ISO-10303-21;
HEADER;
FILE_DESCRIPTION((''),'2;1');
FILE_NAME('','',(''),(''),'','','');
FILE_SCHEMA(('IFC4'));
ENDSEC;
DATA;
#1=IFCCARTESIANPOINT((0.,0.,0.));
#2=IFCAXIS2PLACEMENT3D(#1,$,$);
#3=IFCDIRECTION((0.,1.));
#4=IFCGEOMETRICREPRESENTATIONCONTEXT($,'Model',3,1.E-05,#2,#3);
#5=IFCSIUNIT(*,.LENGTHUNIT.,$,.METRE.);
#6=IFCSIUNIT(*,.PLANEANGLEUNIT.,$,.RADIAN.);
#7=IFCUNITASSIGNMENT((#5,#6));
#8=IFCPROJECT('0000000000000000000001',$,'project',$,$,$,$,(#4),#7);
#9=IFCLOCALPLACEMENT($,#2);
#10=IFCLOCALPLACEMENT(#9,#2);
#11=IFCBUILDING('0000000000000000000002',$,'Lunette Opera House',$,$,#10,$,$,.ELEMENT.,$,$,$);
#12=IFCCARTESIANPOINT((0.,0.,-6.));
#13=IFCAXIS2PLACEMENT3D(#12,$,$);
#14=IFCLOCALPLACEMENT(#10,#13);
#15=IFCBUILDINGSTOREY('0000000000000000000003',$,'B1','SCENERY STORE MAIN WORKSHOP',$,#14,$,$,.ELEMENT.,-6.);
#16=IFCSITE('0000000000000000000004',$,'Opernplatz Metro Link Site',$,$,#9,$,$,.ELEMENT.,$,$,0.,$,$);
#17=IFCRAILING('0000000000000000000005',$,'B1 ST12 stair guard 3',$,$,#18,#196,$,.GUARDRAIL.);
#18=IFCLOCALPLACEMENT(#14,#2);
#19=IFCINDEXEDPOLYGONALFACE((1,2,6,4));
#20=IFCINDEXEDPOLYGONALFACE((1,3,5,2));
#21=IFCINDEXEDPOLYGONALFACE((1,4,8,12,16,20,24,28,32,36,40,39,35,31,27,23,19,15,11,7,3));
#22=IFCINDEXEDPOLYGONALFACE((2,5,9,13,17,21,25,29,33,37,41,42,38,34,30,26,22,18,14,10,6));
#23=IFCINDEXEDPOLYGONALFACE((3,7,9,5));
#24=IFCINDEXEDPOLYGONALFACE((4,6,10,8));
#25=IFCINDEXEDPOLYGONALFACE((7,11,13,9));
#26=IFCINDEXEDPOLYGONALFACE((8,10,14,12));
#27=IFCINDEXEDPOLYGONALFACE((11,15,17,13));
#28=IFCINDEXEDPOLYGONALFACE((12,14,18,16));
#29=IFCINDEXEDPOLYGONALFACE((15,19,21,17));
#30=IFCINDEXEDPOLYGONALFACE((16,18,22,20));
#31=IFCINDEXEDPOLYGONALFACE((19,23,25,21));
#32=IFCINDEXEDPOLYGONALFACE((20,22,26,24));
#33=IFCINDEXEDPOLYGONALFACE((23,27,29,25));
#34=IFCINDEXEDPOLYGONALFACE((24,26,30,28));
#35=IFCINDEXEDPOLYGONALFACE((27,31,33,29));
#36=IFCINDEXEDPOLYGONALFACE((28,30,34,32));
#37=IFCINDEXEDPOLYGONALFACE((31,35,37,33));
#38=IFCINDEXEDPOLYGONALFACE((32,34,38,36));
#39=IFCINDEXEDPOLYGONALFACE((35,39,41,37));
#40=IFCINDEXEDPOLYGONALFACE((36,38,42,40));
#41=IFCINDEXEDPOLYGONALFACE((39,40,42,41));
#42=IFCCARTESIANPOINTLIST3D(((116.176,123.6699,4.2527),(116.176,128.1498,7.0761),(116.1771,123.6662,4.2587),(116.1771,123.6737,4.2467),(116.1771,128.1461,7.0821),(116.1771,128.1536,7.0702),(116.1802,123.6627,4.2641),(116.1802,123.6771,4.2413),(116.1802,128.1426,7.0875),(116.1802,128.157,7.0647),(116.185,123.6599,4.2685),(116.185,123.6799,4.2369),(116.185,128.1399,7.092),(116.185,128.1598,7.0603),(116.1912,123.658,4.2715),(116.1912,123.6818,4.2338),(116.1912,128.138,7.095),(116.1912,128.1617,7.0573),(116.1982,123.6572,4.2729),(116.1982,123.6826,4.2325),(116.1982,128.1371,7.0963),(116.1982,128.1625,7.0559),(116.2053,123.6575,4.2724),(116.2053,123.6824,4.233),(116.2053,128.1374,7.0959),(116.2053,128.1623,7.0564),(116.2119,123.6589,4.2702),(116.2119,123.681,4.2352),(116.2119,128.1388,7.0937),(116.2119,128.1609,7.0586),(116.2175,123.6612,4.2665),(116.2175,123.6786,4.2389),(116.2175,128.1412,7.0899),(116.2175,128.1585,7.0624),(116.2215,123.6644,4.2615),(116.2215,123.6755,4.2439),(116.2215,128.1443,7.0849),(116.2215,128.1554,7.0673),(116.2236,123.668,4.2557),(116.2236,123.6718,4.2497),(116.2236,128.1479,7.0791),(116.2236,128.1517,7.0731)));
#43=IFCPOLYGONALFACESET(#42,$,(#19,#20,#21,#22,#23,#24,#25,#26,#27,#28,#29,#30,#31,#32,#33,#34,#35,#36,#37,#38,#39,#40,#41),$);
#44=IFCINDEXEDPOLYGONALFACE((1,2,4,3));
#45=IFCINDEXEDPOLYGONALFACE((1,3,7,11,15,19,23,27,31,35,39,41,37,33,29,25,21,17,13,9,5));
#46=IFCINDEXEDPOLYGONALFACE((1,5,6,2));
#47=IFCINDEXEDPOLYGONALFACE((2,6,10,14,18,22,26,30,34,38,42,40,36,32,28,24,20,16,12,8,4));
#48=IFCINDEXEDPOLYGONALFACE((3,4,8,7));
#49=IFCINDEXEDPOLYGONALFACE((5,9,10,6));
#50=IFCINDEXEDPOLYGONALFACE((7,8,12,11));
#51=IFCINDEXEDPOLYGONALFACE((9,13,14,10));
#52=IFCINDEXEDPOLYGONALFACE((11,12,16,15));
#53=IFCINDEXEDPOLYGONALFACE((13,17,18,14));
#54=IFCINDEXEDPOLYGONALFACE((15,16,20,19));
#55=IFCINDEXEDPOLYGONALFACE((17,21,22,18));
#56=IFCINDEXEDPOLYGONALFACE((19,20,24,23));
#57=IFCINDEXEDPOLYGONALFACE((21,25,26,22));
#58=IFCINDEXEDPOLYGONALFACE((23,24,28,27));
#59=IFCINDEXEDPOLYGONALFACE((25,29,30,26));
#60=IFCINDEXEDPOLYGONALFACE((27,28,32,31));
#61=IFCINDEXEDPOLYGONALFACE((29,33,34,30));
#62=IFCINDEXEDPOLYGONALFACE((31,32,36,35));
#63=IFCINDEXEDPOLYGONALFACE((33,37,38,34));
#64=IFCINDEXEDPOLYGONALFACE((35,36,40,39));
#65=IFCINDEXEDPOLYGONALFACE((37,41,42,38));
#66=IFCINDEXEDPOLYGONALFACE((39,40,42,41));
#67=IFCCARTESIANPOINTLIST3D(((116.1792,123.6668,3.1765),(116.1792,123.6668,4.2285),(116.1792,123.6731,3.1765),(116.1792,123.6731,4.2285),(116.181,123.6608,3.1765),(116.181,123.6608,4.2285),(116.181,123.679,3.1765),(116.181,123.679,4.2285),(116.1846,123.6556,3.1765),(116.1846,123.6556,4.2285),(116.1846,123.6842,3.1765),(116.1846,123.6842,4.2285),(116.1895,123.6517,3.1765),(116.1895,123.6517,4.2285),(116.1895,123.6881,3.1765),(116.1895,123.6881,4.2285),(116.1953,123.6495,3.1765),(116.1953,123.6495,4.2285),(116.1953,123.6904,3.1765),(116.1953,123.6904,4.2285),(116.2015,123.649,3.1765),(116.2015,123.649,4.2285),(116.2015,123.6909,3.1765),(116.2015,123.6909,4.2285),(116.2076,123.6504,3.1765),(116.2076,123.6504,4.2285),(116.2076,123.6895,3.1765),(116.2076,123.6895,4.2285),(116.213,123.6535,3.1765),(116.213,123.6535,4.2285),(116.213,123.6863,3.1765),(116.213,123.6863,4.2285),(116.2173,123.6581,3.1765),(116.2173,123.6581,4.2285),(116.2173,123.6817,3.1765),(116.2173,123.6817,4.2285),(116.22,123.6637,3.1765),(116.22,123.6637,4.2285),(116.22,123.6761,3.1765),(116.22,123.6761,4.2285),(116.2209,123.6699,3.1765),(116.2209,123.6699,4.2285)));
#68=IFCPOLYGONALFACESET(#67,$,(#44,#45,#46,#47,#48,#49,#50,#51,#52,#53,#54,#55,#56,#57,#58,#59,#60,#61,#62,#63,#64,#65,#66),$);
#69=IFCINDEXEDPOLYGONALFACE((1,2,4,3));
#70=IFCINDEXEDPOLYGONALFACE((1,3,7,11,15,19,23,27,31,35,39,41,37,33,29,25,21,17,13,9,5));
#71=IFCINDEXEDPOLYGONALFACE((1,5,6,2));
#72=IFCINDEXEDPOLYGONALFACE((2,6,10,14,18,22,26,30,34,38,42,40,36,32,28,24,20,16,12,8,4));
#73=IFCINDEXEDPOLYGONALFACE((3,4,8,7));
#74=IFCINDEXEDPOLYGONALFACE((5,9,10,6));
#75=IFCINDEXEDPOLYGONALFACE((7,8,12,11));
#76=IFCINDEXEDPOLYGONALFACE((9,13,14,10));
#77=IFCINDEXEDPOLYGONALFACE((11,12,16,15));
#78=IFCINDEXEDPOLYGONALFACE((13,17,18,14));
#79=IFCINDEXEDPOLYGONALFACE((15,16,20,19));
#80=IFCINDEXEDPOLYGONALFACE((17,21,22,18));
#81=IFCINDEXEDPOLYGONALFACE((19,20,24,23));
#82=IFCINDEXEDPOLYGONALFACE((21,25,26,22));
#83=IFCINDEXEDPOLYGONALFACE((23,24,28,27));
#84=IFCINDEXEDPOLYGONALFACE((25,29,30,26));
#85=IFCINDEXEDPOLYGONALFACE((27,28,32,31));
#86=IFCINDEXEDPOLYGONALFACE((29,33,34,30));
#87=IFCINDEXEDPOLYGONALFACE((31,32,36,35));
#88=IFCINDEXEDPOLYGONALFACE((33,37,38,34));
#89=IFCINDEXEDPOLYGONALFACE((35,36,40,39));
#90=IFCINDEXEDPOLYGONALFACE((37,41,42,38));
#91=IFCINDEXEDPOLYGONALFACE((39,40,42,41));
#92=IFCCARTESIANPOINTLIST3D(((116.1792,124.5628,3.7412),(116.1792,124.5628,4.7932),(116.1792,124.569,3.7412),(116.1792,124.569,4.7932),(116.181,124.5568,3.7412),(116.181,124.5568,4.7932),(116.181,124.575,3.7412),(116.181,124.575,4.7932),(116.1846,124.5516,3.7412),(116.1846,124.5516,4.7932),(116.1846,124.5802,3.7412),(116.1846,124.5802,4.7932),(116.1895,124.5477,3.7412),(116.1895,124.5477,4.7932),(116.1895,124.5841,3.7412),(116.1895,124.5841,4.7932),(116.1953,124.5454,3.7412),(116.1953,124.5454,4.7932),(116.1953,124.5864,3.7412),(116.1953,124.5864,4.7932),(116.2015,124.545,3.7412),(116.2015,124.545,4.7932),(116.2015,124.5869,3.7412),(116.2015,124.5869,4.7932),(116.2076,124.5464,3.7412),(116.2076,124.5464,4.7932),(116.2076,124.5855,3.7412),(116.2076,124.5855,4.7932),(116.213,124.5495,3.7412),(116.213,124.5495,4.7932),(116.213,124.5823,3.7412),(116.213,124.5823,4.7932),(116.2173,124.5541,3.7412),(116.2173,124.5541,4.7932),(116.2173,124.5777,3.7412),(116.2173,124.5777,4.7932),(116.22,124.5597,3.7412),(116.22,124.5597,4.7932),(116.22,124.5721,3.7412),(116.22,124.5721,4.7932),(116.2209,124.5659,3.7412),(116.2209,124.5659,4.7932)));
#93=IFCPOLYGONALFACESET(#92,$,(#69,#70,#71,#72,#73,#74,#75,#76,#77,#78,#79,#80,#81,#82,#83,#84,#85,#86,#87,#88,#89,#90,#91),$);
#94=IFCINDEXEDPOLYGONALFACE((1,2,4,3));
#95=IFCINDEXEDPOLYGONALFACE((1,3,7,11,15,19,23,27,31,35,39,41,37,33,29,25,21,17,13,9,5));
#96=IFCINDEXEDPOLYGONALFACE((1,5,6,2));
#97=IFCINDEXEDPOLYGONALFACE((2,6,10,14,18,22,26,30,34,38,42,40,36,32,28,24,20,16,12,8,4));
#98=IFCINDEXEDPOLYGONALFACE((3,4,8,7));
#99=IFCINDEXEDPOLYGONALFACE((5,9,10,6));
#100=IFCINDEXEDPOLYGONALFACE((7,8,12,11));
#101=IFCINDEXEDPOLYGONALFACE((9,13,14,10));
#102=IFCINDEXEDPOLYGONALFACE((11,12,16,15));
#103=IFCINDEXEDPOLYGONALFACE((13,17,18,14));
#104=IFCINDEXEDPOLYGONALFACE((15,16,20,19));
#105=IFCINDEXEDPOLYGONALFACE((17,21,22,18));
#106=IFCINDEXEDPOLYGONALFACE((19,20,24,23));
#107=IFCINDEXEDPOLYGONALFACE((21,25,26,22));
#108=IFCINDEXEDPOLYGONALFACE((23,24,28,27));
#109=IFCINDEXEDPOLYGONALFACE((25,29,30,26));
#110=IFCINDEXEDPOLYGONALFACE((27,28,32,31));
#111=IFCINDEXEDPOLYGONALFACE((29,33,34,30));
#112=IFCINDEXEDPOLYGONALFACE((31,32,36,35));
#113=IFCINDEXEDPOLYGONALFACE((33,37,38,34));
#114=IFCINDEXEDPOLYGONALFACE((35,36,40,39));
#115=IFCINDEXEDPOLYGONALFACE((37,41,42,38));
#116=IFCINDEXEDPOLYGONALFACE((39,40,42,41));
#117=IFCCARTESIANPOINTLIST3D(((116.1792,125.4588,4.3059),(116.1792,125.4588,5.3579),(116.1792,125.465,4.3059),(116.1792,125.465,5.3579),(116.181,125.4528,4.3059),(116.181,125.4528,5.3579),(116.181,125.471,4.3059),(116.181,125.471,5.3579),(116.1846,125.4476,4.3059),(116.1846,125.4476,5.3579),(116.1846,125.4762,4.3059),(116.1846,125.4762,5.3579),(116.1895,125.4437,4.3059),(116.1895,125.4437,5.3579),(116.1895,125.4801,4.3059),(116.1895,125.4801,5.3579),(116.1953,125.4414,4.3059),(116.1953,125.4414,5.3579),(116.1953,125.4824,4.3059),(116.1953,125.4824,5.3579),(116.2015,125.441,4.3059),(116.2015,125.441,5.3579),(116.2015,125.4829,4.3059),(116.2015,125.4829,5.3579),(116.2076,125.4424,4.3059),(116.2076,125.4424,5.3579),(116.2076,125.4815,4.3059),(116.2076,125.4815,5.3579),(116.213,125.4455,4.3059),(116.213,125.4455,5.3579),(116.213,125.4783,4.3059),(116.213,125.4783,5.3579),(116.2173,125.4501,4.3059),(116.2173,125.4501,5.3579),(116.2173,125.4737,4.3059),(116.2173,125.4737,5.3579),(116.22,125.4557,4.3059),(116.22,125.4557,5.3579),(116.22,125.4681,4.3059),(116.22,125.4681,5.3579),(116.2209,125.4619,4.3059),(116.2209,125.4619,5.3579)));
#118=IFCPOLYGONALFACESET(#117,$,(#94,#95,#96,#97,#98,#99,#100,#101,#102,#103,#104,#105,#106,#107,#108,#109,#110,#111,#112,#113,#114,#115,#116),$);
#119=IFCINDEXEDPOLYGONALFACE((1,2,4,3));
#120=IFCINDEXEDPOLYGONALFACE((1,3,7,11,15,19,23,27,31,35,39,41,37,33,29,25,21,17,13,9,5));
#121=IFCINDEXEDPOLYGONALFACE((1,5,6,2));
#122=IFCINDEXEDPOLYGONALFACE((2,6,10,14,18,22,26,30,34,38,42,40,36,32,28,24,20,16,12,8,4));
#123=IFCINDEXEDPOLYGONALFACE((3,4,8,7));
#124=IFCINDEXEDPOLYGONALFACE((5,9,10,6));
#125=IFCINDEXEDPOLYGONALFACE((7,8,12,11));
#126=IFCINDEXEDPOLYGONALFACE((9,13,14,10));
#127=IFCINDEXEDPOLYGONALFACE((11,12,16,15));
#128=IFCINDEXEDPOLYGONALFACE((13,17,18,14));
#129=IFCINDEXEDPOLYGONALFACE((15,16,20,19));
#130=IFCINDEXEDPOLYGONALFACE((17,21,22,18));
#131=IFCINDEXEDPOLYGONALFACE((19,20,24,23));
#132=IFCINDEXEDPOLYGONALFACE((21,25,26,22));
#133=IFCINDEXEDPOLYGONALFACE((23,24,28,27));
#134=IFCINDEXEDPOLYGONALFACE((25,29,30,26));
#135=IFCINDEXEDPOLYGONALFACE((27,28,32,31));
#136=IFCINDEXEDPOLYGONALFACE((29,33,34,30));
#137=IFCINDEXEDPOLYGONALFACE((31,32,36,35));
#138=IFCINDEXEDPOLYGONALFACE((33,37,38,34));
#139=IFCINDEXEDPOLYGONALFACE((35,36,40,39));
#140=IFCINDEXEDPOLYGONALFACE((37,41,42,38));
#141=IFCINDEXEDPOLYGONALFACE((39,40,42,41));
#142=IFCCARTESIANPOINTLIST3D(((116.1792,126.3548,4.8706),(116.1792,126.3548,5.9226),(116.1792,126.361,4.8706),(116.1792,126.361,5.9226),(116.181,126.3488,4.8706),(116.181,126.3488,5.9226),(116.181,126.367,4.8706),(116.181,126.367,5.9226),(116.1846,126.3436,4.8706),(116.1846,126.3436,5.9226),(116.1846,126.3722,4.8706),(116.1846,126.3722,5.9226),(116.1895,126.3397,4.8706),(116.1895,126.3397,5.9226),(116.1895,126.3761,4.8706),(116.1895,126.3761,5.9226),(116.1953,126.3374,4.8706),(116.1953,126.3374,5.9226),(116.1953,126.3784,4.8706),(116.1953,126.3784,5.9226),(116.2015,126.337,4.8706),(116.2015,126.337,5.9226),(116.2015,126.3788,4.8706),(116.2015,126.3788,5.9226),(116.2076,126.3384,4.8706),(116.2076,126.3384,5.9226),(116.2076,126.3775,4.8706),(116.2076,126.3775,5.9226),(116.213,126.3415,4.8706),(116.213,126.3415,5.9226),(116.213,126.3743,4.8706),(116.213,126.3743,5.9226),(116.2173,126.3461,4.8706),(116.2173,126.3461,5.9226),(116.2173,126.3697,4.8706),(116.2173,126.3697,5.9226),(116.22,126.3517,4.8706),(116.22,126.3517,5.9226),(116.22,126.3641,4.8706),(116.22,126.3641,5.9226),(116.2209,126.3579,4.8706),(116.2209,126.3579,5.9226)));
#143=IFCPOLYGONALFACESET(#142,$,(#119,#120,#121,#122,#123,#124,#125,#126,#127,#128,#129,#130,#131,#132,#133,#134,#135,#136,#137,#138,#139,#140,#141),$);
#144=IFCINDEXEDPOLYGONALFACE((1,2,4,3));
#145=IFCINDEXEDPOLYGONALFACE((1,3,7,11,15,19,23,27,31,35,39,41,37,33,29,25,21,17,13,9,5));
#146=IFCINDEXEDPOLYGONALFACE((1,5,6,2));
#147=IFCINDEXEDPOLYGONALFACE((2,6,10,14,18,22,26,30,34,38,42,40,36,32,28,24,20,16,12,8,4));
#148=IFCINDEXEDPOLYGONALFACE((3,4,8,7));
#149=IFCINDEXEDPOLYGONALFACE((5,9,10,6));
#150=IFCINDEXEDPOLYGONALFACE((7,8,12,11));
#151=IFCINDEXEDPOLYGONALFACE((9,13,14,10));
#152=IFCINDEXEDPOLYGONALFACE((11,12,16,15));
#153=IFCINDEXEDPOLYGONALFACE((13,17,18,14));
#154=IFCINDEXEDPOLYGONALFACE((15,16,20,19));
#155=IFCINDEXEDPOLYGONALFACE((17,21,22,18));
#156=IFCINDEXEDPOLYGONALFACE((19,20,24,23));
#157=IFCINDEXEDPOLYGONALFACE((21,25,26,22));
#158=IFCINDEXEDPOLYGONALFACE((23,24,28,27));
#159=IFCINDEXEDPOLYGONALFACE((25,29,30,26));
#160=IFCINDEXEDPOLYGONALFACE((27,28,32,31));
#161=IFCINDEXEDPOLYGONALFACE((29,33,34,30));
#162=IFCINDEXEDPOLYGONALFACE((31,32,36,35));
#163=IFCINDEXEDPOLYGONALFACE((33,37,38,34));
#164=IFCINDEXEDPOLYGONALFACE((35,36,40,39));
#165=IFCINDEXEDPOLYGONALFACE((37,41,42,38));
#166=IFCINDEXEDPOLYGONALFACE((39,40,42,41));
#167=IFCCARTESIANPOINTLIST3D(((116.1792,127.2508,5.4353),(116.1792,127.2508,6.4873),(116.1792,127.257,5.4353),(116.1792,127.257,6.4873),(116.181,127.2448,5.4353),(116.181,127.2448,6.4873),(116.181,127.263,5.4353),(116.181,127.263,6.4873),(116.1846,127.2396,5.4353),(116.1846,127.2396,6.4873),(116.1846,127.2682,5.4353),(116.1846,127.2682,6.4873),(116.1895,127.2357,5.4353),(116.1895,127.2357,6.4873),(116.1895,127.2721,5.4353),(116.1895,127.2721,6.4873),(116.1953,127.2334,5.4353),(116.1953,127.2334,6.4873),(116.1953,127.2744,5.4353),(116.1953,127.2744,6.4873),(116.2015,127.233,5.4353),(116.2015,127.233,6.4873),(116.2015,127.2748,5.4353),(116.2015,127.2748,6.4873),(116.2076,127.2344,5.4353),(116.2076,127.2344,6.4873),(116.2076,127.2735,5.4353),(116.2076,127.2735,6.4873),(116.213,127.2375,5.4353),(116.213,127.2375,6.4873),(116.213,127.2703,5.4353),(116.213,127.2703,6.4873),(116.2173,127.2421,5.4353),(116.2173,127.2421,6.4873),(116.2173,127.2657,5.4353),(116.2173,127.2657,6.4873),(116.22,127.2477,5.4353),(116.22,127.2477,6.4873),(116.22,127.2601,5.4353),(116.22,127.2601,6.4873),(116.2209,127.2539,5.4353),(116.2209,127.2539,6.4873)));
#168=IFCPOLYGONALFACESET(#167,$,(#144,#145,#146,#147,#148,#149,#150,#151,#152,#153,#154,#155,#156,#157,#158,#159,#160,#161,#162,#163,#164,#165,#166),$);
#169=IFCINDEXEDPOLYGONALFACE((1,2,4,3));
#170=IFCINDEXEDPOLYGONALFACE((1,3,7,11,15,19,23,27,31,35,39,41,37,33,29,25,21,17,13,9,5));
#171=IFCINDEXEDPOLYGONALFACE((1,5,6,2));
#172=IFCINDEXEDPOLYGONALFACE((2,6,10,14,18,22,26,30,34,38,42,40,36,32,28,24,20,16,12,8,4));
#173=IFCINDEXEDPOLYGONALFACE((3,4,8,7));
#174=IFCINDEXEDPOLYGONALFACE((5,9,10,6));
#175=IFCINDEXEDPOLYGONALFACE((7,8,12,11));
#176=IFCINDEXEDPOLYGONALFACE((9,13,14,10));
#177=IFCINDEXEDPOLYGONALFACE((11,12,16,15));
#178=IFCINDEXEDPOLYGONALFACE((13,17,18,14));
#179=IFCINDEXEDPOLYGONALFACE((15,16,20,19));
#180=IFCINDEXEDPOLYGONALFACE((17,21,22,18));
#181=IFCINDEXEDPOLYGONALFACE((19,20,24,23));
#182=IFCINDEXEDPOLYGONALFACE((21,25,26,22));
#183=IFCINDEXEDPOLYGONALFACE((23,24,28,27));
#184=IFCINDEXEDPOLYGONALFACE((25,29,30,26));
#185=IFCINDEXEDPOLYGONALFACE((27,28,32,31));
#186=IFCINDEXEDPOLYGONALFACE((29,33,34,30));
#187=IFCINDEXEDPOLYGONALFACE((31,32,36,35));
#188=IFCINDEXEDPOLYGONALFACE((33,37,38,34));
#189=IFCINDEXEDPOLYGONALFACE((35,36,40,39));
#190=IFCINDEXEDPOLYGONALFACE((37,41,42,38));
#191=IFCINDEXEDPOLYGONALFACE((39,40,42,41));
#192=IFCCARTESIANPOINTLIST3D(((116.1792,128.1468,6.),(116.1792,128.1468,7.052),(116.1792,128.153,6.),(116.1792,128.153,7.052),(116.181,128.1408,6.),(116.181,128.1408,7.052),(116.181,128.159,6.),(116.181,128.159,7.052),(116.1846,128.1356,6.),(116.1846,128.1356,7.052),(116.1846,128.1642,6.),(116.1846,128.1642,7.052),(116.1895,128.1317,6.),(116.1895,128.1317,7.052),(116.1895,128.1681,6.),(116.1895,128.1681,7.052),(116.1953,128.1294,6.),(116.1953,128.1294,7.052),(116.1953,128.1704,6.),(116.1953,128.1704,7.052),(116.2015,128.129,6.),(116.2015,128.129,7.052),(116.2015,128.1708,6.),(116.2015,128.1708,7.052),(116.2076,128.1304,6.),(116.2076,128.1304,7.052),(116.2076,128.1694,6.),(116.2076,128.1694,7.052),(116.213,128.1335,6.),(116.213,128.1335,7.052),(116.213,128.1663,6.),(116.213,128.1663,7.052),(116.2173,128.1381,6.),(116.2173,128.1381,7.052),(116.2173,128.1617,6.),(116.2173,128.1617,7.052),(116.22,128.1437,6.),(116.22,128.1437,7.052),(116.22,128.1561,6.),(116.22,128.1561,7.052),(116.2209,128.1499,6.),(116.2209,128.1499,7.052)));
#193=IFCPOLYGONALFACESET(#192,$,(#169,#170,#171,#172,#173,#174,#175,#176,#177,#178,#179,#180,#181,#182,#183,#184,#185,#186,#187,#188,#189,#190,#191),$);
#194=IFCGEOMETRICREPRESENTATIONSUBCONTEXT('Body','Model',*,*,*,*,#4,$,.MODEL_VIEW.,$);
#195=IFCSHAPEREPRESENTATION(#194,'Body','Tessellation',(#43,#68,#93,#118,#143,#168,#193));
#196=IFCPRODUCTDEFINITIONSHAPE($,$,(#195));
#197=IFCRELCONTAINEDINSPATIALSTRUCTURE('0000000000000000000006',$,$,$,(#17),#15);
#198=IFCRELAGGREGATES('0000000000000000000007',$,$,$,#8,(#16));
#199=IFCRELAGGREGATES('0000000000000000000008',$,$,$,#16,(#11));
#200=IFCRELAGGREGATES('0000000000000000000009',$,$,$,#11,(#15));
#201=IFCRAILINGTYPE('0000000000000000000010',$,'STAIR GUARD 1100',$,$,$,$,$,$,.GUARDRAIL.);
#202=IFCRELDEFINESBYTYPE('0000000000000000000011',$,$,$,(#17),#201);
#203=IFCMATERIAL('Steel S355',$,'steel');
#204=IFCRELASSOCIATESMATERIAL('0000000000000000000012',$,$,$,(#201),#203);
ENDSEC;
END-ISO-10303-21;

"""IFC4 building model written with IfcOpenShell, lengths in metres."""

from ifc_helpers import new_model, si_unit, direction, frame, origin, origin_2d, place, context, subcontext, project, spatial, circle, extrude, material, type_object, element, save


model = new_model("IFC4")

# Units and contexts
model_context = context("Model", 3, precision=1e-05, world=origin(), true_north=direction((0.0, 1.0)))
body_context = subcontext(model_context, "Body", "Model", "MODEL_VIEW")
ifc_project = project(units=[si_unit("LENGTHUNIT", "METRE"), si_unit("PLANEANGLEUNIT", "RADIAN")], contexts=[model_context])

# Site, building, storey
site_placement = place(None, origin())
site = spatial("IfcSite", under=ifc_project, at=site_placement, Name="Opernplatz Metro Link Site", CompositionType="ELEMENT", RefElevation=0.0)
building_placement = place(site_placement, origin())
building = spatial("IfcBuilding", under=site, at=building_placement, Name="Lunette Opera House", CompositionType="ELEMENT")
storey_placement = place(building_placement, frame((0.0, 0.0, -6.0)))
storey = spatial("IfcBuildingStorey", under=building, at=storey_placement, Name="B1", Description="SCENERY STORE MAIN WORKSHOP", CompositionType="ELEMENT", Elevation=-6.0)

# Railing
ifc_material_1 = material(Name="Steel S355", Category="steel")
railing_type_1 = type_object("IfcRailingType", Name="STAIR GUARD 1100", PredefinedType="GUARDRAIL", material=ifc_material_1)
railing_1_placement = place(storey_placement, frame((116.2, 123.6699, 3.1765)))
element("IfcRailing", 1, at=railing_1_placement, inside=storey, type_object=railing_type_1, Name="B1 ST12 stair guard 3", PredefinedType="GUARDRAIL", context=body_context, shape_type="SweptSolid", body=[
    extrude(circle(Radius=0.0239, at=origin_2d()), frame((0.0, 0.0, 1.0762), z_axis=(0.0, 0.845998, 0.533186), x_axis=(-1.0, 0.0, 0.0)), (0.0, 0.0, 1.0), 5.2954),
    extrude(circle(Radius=0.021, at=origin_2d()), origin(), (0.0, 0.0, 1.0), 1.052),
    extrude(circle(Radius=0.021, at=origin_2d()), frame((0.0, 0.896, 0.5647)), (0.0, 0.0, 1.0), 1.052),
    extrude(circle(Radius=0.021, at=origin_2d()), frame((0.0, 1.792, 1.1294)), (0.0, 0.0, 1.0), 1.052),
    extrude(circle(Radius=0.021, at=origin_2d()), frame((0.0, 2.688, 1.6941)), (0.0, 0.0, 1.0), 1.052),
    extrude(circle(Radius=0.021, at=origin_2d()), frame((0.0, 3.584, 2.2588)), (0.0, 0.0, 1.0), 1.052),
    extrude(circle(Radius=0.021, at=origin_2d()), frame((0.0, 4.48, 2.8235)), (0.0, 0.0, 1.0), 1.052),
])

save(model, "model.ifc")
